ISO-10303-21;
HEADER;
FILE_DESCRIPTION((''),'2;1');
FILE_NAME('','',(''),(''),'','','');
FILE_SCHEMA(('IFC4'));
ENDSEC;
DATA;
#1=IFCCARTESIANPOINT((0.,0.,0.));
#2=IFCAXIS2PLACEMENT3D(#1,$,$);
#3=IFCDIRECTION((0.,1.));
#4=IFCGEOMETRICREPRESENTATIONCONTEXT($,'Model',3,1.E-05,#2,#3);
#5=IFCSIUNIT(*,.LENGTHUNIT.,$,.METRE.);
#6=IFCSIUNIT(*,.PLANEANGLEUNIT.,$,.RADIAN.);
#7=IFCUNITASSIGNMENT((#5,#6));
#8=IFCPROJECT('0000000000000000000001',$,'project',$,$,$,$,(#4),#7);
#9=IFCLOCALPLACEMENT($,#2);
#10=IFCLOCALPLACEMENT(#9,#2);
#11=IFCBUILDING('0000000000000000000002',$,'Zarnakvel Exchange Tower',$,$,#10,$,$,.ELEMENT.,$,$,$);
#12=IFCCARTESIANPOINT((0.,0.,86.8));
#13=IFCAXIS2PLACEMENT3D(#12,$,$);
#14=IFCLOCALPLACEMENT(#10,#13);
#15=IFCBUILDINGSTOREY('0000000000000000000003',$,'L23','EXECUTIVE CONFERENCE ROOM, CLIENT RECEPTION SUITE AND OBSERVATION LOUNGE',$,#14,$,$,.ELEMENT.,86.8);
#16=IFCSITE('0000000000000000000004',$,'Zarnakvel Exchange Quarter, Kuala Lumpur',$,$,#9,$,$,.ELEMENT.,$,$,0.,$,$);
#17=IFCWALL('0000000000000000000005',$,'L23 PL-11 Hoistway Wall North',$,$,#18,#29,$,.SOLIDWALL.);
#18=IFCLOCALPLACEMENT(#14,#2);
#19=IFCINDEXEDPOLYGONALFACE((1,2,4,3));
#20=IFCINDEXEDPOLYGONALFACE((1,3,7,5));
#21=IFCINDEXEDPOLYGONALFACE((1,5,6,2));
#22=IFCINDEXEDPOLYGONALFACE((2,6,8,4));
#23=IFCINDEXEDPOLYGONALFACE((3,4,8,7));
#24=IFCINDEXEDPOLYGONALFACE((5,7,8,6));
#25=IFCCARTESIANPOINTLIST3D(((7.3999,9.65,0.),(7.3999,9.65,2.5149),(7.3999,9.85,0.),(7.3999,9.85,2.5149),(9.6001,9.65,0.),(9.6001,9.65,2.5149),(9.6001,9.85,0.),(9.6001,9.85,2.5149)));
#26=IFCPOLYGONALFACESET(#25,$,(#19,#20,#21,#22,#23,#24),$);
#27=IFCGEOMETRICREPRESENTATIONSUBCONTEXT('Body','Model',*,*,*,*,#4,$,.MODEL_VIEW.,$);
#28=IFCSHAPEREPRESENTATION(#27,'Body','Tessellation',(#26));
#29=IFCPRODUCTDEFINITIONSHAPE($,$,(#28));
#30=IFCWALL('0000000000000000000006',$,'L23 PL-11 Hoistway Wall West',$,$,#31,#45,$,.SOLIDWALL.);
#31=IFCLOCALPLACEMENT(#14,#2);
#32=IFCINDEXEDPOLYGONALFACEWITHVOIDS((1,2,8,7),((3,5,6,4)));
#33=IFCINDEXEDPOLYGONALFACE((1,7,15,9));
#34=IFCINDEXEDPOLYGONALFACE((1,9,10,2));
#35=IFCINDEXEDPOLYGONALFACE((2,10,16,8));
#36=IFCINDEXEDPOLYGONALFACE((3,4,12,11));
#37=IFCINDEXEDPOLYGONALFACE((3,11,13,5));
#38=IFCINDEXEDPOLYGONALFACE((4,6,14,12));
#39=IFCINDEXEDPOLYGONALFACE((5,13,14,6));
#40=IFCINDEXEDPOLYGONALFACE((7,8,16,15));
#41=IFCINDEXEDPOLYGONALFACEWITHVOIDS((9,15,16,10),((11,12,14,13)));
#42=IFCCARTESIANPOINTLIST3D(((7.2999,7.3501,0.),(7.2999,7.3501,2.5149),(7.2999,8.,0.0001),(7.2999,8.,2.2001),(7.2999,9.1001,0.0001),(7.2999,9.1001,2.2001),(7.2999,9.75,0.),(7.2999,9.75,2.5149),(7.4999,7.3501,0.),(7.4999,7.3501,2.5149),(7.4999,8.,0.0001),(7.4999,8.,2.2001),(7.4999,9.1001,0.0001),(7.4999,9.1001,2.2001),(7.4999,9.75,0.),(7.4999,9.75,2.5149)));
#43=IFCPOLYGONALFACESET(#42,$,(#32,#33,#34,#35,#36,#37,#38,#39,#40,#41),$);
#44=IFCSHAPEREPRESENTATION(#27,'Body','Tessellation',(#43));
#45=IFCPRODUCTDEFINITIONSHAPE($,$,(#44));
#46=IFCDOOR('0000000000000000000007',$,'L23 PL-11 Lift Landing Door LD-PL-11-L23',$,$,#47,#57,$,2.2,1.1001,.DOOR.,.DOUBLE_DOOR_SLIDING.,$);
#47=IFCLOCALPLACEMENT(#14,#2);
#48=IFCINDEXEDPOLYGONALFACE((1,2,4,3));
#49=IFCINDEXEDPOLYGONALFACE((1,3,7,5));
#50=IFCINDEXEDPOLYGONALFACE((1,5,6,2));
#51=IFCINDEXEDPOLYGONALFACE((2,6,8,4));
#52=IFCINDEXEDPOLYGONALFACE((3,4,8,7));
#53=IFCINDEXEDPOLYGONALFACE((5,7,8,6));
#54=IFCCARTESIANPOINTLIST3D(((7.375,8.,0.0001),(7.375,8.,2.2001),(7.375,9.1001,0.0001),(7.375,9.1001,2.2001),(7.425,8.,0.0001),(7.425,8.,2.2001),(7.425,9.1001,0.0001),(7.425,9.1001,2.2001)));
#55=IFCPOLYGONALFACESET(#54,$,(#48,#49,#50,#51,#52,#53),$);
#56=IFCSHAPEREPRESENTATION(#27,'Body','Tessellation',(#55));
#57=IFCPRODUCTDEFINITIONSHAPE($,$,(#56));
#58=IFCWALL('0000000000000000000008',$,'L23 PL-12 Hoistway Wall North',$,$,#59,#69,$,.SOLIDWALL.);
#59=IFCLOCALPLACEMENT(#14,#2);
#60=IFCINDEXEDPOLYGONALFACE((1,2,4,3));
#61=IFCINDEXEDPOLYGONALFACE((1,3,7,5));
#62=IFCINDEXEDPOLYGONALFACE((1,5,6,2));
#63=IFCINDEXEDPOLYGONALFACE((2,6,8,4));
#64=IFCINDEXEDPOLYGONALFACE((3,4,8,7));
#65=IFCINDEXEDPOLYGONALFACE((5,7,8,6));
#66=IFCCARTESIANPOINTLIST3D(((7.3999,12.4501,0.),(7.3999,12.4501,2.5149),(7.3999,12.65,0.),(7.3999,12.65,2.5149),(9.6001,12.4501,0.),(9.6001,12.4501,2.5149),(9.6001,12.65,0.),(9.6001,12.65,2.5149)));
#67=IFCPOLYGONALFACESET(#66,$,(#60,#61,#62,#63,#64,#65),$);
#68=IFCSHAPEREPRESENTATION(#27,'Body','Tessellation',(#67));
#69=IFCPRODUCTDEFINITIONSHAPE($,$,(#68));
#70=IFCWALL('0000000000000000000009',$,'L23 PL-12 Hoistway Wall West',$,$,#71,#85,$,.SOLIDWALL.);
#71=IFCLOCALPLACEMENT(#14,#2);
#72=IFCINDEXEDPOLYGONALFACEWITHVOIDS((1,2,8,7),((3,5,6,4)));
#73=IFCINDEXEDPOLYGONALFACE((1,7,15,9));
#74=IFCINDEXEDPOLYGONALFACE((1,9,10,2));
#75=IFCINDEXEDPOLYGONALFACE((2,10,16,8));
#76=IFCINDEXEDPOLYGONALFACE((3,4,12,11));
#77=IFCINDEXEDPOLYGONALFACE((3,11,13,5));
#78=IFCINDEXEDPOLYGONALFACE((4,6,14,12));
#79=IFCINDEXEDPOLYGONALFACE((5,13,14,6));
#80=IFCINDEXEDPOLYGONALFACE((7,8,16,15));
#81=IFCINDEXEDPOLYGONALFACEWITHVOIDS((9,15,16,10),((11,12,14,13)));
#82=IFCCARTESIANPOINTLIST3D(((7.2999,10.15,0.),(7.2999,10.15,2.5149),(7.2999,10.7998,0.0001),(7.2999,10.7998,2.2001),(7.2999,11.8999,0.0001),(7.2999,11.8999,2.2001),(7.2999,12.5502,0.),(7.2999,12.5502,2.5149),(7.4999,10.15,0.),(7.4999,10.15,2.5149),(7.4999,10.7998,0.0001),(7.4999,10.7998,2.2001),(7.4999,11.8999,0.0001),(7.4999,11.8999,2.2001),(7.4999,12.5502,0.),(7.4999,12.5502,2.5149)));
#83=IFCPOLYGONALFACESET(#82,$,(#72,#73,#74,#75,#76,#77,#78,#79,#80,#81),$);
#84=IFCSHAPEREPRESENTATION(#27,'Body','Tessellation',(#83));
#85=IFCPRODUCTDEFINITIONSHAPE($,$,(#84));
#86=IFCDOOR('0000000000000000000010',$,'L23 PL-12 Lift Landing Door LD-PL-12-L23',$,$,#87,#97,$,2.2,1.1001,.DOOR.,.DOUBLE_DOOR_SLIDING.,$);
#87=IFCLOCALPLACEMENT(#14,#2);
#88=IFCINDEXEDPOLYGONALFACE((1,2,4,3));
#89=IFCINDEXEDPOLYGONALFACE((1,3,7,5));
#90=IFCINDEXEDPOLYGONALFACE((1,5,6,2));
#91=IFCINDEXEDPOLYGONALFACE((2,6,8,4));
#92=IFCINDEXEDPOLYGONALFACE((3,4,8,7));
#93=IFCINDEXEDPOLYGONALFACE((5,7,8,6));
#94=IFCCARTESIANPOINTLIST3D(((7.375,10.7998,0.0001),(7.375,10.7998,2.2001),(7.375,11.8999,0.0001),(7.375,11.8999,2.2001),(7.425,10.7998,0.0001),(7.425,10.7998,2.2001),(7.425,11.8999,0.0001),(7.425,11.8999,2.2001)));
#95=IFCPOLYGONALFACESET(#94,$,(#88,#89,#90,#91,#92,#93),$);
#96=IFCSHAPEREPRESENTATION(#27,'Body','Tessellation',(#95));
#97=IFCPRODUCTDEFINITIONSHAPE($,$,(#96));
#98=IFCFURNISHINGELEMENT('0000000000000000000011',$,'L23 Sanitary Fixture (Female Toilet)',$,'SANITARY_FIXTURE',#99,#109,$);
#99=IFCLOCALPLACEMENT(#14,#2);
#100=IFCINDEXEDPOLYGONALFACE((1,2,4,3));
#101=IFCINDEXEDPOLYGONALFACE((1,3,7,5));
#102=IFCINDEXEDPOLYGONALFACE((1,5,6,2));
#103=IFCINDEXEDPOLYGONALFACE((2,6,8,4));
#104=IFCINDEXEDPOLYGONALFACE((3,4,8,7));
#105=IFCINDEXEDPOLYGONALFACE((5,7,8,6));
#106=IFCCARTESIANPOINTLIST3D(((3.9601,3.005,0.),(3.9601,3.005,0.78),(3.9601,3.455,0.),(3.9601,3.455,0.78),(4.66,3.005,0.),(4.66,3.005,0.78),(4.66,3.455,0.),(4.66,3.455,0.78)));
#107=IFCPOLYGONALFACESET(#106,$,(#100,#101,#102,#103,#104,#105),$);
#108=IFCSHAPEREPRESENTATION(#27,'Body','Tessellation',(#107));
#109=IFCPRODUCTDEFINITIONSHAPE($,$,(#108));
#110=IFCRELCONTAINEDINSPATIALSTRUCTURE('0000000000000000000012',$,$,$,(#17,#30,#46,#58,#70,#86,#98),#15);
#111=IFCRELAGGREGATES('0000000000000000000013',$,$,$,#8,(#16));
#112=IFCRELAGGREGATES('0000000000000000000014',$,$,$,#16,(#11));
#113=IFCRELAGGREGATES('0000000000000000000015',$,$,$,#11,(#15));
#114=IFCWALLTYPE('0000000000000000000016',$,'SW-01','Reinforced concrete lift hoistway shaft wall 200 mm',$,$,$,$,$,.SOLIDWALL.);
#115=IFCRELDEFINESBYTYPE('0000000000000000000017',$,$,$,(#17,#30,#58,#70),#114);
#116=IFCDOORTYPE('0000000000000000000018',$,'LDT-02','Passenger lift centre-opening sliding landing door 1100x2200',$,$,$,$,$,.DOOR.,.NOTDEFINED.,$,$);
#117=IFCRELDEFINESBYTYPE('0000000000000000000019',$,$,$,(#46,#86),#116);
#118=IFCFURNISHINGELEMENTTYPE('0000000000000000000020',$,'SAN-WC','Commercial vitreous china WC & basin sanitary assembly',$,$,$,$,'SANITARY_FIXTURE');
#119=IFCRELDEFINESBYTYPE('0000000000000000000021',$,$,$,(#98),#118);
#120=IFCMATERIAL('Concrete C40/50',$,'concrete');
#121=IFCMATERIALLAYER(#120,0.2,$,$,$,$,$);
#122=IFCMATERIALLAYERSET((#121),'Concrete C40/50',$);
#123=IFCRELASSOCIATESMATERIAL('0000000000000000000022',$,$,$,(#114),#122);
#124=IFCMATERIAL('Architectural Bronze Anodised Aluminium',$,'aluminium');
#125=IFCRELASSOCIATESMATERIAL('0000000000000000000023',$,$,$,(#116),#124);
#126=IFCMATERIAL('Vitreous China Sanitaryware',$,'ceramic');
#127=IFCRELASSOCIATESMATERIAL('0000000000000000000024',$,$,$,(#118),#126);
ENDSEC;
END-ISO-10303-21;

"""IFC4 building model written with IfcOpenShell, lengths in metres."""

from ifc_helpers import new_model, si_unit, direction, frame, frame_2d, origin, origin_2d, place, context, subcontext, project, spatial, rectangle, extrude, source, transform, mapped, material, layer, layer_set, type_object, element, fill, save


model = new_model("IFC4")

# Units and contexts
model_context = context("Model", 3, precision=1e-05, world=origin(), true_north=direction((0.0, 1.0)))
body_context = subcontext(model_context, "Body", "Model", "MODEL_VIEW")
ifc_project = project(units=[si_unit("LENGTHUNIT", "METRE"), si_unit("PLANEANGLEUNIT", "RADIAN")], contexts=[model_context])

# Site, building, storey
site_placement = place(None, origin())
site = spatial("IfcSite", under=ifc_project, at=site_placement, Name="Zarnakvel Exchange Quarter, Kuala Lumpur", CompositionType="ELEMENT", RefElevation=0.0)
building_placement = place(site_placement, origin())
building = spatial("IfcBuilding", under=site, at=building_placement, Name="Zarnakvel Exchange Tower", CompositionType="ELEMENT")
storey_placement = place(building_placement, frame((0.0, 0.0, 86.8)))
storey = spatial("IfcBuildingStorey", under=building, at=storey_placement, Name="L23", Description="EXECUTIVE CONFERENCE ROOM, CLIENT RECEPTION SUITE AND OBSERVATION LOUNGE", CompositionType="ELEMENT", Elevation=86.8)

# Shared definitions
ifc_material_1 = material(Name="Concrete C40/50", Category="concrete")
ifc_layer_1 = layer(ifc_material_1, 0.2)
ifc_layer_set_1 = layer_set([ifc_layer_1], Name="Concrete C40/50")
wall_type_1 = type_object("IfcWallType", Name="SW-01", Description="Reinforced concrete lift hoistway shaft wall 200 mm", PredefinedType="SOLIDWALL", material=ifc_layer_set_1)

# Shared definitions
ifc_material_2 = material(Name="Architectural Bronze Anodised Aluminium", Category="aluminium")
door_type = type_object("IfcDoorType", Name="LDT-02", Description="Passenger lift centre-opening sliding landing door 1100x2200", OperationType="NOTDEFINED", PredefinedType="DOOR", material=ifc_material_2)
shared_shape_1 = source(origin(), body_context, "Body", "SweptSolid", [
    extrude(rectangle(XDim=1.1001, YDim=2.2, at=frame_2d((0.55, 1.1001))), frame((0.0, 0.0249, 0.0), z_axis=(0.0, -1.0, 0.0), x_axis=(1.0, 0.0, 0.0)), (0.0, 0.0, 1.0), 0.05),
])

# Wall
wall_1_placement = place(storey_placement, frame((7.3999, 9.75, 0.0), z_axis=(0.0, 0.0, 1.0), x_axis=(1.0, 0.0, 0.0)))
element("IfcWall", 1, at=wall_1_placement, inside=storey, type_object=wall_type_1, Name="L23 PL-11 Hoistway Wall North", PredefinedType="SOLIDWALL", context=body_context, shape_type="SweptSolid", body=[
    extrude(rectangle(XDim=2.2002, YDim=0.2, at=frame_2d((1.1001, 0.0))), origin(), (0.0, 0.0, 1.0), 2.5149),
])

# Wall, opening, door
wall_2_placement = place(storey_placement, frame((7.3999, 7.3501, 0.0), z_axis=(0.0, 0.0, 1.0), x_axis=(0.0, 1.0, 0.0)))
wall_2 = element("IfcWall", 2, at=wall_2_placement, inside=storey, type_object=wall_type_1, Name="L23 PL-11 Hoistway Wall West", PredefinedType="SOLIDWALL", context=body_context, shape_type="SweptSolid", body=[
    extrude(rectangle(XDim=2.3999, YDim=0.2, at=frame_2d((1.2, 0.0))), origin(), (0.0, 0.0, 1.0), 2.5149),
])
opening_1_placement = place(wall_2_placement, frame((0.6499, 0.0, 0.0)))
opening_1 = element("IfcOpeningElement", 3, at=opening_1_placement, cuts=wall_2, PredefinedType="OPENING", context=body_context, shape_type="SweptSolid", body=[
    extrude(rectangle(XDim=1.1001, YDim=2.2, at=frame_2d((0.55, 1.1001))), frame((0.0, 0.1099, 0.0), z_axis=(0.0, -1.0, 0.0), x_axis=(1.0, 0.0, 0.0)), (0.0, 0.0, 1.0), 0.22),
])
door_1_placement = place(opening_1_placement, origin())
door_1 = element("IfcDoor", 4, at=door_1_placement, inside=storey, type_object=door_type, Name="L23 PL-11 Lift Landing Door LD-PL-11-L23", OperationType="DOUBLE_DOOR_SLIDING", OverallHeight=2.2, OverallWidth=1.1001, PredefinedType="DOOR", context=body_context, shape_type="MappedRepresentation", body=[
    mapped(shared_shape_1, transform((0.0, 0.0, 0.0), x_axis=(1.0, 0.0, 0.0), y_axis=(0.0, 1.0, 0.0), z_axis=(0.0, 0.0, 1.0), scale=1.0)),
])
fill(opening_1, door_1)

# Wall
wall_3_placement = place(storey_placement, frame((7.3999, 12.55, 0.0), z_axis=(0.0, 0.0, 1.0), x_axis=(1.0, 0.0, 0.0)))
element("IfcWall", 5, at=wall_3_placement, inside=storey, type_object=wall_type_1, Name="L23 PL-12 Hoistway Wall North", PredefinedType="SOLIDWALL", context=body_context, shape_type="SweptSolid", body=[
    extrude(rectangle(XDim=2.2002, YDim=0.2, at=frame_2d((1.1001, 0.0))), origin(), (0.0, 0.0, 1.0), 2.5149),
])

# Wall, opening, door
wall_4_placement = place(storey_placement, frame((7.3999, 10.1499, 0.0), z_axis=(0.0, 0.0, 1.0), x_axis=(0.0, 1.0, 0.0)))
wall_4 = element("IfcWall", 6, at=wall_4_placement, inside=storey, type_object=wall_type_1, Name="L23 PL-12 Hoistway Wall West", PredefinedType="SOLIDWALL", context=body_context, shape_type="SweptSolid", body=[
    extrude(rectangle(XDim=2.4001, YDim=0.2, at=frame_2d((1.2002, 0.0))), origin(), (0.0, 0.0, 1.0), 2.5149),
])
opening_2_placement = place(wall_4_placement, frame((0.6499, 0.0, 0.0)))
opening_2 = element("IfcOpeningElement", 7, at=opening_2_placement, cuts=wall_4, PredefinedType="OPENING", context=body_context, shape_type="SweptSolid", body=[
    extrude(rectangle(XDim=1.1001, YDim=2.2, at=frame_2d((0.55, 1.1001))), frame((0.0, 0.1099, 0.0), z_axis=(0.0, -1.0, 0.0), x_axis=(1.0, 0.0, 0.0)), (0.0, 0.0, 1.0), 0.22),
])
door_2_placement = place(opening_2_placement, origin())
door_2 = element("IfcDoor", 8, at=door_2_placement, inside=storey, type_object=door_type, Name="L23 PL-12 Lift Landing Door LD-PL-12-L23", OperationType="DOUBLE_DOOR_SLIDING", OverallHeight=2.2, OverallWidth=1.1001, PredefinedType="DOOR", context=body_context, shape_type="MappedRepresentation", body=[
    mapped(shared_shape_1, transform((0.0, 0.0, 0.0), x_axis=(1.0, 0.0, 0.0), y_axis=(0.0, 1.0, 0.0), z_axis=(0.0, 0.0, 1.0), scale=1.0)),
])
fill(opening_2, door_2)

# Furnishing element
ifc_material_3 = material(Name="Vitreous China Sanitaryware", Category="ceramic")
furnishing_element_type = type_object("IfcFurnishingElementType", Name="SAN-WC", Description="Commercial vitreous china WC & basin sanitary assembly", ElementType="SANITARY_FIXTURE", material=ifc_material_3)
shared_shape_2 = source(origin(), body_context, "Body", "SweptSolid", [
    extrude(rectangle(XDim=0.7, YDim=0.45, at=origin_2d()), origin(), (0.0, 0.0, 1.0), 0.78),
])
furnishing_placement = place(storey_placement, frame((4.3101, 3.23, 0.0), z_axis=(0.0, 0.0, 1.0), x_axis=(1.0, 0.0, 0.0)))
element("IfcFurnishingElement", 9, at=furnishing_placement, inside=storey, type_object=furnishing_element_type, Name="L23 Sanitary Fixture (Female Toilet)", ObjectType="SANITARY_FIXTURE", context=body_context, shape_type="MappedRepresentation", body=[
    mapped(shared_shape_2, transform((0.0, 0.0, 0.0), x_axis=(1.0, 0.0, 0.0), y_axis=(0.0, 1.0, 0.0), z_axis=(0.0, 0.0, 1.0), scale=1.0)),
])

save(model, "model.ifc")
